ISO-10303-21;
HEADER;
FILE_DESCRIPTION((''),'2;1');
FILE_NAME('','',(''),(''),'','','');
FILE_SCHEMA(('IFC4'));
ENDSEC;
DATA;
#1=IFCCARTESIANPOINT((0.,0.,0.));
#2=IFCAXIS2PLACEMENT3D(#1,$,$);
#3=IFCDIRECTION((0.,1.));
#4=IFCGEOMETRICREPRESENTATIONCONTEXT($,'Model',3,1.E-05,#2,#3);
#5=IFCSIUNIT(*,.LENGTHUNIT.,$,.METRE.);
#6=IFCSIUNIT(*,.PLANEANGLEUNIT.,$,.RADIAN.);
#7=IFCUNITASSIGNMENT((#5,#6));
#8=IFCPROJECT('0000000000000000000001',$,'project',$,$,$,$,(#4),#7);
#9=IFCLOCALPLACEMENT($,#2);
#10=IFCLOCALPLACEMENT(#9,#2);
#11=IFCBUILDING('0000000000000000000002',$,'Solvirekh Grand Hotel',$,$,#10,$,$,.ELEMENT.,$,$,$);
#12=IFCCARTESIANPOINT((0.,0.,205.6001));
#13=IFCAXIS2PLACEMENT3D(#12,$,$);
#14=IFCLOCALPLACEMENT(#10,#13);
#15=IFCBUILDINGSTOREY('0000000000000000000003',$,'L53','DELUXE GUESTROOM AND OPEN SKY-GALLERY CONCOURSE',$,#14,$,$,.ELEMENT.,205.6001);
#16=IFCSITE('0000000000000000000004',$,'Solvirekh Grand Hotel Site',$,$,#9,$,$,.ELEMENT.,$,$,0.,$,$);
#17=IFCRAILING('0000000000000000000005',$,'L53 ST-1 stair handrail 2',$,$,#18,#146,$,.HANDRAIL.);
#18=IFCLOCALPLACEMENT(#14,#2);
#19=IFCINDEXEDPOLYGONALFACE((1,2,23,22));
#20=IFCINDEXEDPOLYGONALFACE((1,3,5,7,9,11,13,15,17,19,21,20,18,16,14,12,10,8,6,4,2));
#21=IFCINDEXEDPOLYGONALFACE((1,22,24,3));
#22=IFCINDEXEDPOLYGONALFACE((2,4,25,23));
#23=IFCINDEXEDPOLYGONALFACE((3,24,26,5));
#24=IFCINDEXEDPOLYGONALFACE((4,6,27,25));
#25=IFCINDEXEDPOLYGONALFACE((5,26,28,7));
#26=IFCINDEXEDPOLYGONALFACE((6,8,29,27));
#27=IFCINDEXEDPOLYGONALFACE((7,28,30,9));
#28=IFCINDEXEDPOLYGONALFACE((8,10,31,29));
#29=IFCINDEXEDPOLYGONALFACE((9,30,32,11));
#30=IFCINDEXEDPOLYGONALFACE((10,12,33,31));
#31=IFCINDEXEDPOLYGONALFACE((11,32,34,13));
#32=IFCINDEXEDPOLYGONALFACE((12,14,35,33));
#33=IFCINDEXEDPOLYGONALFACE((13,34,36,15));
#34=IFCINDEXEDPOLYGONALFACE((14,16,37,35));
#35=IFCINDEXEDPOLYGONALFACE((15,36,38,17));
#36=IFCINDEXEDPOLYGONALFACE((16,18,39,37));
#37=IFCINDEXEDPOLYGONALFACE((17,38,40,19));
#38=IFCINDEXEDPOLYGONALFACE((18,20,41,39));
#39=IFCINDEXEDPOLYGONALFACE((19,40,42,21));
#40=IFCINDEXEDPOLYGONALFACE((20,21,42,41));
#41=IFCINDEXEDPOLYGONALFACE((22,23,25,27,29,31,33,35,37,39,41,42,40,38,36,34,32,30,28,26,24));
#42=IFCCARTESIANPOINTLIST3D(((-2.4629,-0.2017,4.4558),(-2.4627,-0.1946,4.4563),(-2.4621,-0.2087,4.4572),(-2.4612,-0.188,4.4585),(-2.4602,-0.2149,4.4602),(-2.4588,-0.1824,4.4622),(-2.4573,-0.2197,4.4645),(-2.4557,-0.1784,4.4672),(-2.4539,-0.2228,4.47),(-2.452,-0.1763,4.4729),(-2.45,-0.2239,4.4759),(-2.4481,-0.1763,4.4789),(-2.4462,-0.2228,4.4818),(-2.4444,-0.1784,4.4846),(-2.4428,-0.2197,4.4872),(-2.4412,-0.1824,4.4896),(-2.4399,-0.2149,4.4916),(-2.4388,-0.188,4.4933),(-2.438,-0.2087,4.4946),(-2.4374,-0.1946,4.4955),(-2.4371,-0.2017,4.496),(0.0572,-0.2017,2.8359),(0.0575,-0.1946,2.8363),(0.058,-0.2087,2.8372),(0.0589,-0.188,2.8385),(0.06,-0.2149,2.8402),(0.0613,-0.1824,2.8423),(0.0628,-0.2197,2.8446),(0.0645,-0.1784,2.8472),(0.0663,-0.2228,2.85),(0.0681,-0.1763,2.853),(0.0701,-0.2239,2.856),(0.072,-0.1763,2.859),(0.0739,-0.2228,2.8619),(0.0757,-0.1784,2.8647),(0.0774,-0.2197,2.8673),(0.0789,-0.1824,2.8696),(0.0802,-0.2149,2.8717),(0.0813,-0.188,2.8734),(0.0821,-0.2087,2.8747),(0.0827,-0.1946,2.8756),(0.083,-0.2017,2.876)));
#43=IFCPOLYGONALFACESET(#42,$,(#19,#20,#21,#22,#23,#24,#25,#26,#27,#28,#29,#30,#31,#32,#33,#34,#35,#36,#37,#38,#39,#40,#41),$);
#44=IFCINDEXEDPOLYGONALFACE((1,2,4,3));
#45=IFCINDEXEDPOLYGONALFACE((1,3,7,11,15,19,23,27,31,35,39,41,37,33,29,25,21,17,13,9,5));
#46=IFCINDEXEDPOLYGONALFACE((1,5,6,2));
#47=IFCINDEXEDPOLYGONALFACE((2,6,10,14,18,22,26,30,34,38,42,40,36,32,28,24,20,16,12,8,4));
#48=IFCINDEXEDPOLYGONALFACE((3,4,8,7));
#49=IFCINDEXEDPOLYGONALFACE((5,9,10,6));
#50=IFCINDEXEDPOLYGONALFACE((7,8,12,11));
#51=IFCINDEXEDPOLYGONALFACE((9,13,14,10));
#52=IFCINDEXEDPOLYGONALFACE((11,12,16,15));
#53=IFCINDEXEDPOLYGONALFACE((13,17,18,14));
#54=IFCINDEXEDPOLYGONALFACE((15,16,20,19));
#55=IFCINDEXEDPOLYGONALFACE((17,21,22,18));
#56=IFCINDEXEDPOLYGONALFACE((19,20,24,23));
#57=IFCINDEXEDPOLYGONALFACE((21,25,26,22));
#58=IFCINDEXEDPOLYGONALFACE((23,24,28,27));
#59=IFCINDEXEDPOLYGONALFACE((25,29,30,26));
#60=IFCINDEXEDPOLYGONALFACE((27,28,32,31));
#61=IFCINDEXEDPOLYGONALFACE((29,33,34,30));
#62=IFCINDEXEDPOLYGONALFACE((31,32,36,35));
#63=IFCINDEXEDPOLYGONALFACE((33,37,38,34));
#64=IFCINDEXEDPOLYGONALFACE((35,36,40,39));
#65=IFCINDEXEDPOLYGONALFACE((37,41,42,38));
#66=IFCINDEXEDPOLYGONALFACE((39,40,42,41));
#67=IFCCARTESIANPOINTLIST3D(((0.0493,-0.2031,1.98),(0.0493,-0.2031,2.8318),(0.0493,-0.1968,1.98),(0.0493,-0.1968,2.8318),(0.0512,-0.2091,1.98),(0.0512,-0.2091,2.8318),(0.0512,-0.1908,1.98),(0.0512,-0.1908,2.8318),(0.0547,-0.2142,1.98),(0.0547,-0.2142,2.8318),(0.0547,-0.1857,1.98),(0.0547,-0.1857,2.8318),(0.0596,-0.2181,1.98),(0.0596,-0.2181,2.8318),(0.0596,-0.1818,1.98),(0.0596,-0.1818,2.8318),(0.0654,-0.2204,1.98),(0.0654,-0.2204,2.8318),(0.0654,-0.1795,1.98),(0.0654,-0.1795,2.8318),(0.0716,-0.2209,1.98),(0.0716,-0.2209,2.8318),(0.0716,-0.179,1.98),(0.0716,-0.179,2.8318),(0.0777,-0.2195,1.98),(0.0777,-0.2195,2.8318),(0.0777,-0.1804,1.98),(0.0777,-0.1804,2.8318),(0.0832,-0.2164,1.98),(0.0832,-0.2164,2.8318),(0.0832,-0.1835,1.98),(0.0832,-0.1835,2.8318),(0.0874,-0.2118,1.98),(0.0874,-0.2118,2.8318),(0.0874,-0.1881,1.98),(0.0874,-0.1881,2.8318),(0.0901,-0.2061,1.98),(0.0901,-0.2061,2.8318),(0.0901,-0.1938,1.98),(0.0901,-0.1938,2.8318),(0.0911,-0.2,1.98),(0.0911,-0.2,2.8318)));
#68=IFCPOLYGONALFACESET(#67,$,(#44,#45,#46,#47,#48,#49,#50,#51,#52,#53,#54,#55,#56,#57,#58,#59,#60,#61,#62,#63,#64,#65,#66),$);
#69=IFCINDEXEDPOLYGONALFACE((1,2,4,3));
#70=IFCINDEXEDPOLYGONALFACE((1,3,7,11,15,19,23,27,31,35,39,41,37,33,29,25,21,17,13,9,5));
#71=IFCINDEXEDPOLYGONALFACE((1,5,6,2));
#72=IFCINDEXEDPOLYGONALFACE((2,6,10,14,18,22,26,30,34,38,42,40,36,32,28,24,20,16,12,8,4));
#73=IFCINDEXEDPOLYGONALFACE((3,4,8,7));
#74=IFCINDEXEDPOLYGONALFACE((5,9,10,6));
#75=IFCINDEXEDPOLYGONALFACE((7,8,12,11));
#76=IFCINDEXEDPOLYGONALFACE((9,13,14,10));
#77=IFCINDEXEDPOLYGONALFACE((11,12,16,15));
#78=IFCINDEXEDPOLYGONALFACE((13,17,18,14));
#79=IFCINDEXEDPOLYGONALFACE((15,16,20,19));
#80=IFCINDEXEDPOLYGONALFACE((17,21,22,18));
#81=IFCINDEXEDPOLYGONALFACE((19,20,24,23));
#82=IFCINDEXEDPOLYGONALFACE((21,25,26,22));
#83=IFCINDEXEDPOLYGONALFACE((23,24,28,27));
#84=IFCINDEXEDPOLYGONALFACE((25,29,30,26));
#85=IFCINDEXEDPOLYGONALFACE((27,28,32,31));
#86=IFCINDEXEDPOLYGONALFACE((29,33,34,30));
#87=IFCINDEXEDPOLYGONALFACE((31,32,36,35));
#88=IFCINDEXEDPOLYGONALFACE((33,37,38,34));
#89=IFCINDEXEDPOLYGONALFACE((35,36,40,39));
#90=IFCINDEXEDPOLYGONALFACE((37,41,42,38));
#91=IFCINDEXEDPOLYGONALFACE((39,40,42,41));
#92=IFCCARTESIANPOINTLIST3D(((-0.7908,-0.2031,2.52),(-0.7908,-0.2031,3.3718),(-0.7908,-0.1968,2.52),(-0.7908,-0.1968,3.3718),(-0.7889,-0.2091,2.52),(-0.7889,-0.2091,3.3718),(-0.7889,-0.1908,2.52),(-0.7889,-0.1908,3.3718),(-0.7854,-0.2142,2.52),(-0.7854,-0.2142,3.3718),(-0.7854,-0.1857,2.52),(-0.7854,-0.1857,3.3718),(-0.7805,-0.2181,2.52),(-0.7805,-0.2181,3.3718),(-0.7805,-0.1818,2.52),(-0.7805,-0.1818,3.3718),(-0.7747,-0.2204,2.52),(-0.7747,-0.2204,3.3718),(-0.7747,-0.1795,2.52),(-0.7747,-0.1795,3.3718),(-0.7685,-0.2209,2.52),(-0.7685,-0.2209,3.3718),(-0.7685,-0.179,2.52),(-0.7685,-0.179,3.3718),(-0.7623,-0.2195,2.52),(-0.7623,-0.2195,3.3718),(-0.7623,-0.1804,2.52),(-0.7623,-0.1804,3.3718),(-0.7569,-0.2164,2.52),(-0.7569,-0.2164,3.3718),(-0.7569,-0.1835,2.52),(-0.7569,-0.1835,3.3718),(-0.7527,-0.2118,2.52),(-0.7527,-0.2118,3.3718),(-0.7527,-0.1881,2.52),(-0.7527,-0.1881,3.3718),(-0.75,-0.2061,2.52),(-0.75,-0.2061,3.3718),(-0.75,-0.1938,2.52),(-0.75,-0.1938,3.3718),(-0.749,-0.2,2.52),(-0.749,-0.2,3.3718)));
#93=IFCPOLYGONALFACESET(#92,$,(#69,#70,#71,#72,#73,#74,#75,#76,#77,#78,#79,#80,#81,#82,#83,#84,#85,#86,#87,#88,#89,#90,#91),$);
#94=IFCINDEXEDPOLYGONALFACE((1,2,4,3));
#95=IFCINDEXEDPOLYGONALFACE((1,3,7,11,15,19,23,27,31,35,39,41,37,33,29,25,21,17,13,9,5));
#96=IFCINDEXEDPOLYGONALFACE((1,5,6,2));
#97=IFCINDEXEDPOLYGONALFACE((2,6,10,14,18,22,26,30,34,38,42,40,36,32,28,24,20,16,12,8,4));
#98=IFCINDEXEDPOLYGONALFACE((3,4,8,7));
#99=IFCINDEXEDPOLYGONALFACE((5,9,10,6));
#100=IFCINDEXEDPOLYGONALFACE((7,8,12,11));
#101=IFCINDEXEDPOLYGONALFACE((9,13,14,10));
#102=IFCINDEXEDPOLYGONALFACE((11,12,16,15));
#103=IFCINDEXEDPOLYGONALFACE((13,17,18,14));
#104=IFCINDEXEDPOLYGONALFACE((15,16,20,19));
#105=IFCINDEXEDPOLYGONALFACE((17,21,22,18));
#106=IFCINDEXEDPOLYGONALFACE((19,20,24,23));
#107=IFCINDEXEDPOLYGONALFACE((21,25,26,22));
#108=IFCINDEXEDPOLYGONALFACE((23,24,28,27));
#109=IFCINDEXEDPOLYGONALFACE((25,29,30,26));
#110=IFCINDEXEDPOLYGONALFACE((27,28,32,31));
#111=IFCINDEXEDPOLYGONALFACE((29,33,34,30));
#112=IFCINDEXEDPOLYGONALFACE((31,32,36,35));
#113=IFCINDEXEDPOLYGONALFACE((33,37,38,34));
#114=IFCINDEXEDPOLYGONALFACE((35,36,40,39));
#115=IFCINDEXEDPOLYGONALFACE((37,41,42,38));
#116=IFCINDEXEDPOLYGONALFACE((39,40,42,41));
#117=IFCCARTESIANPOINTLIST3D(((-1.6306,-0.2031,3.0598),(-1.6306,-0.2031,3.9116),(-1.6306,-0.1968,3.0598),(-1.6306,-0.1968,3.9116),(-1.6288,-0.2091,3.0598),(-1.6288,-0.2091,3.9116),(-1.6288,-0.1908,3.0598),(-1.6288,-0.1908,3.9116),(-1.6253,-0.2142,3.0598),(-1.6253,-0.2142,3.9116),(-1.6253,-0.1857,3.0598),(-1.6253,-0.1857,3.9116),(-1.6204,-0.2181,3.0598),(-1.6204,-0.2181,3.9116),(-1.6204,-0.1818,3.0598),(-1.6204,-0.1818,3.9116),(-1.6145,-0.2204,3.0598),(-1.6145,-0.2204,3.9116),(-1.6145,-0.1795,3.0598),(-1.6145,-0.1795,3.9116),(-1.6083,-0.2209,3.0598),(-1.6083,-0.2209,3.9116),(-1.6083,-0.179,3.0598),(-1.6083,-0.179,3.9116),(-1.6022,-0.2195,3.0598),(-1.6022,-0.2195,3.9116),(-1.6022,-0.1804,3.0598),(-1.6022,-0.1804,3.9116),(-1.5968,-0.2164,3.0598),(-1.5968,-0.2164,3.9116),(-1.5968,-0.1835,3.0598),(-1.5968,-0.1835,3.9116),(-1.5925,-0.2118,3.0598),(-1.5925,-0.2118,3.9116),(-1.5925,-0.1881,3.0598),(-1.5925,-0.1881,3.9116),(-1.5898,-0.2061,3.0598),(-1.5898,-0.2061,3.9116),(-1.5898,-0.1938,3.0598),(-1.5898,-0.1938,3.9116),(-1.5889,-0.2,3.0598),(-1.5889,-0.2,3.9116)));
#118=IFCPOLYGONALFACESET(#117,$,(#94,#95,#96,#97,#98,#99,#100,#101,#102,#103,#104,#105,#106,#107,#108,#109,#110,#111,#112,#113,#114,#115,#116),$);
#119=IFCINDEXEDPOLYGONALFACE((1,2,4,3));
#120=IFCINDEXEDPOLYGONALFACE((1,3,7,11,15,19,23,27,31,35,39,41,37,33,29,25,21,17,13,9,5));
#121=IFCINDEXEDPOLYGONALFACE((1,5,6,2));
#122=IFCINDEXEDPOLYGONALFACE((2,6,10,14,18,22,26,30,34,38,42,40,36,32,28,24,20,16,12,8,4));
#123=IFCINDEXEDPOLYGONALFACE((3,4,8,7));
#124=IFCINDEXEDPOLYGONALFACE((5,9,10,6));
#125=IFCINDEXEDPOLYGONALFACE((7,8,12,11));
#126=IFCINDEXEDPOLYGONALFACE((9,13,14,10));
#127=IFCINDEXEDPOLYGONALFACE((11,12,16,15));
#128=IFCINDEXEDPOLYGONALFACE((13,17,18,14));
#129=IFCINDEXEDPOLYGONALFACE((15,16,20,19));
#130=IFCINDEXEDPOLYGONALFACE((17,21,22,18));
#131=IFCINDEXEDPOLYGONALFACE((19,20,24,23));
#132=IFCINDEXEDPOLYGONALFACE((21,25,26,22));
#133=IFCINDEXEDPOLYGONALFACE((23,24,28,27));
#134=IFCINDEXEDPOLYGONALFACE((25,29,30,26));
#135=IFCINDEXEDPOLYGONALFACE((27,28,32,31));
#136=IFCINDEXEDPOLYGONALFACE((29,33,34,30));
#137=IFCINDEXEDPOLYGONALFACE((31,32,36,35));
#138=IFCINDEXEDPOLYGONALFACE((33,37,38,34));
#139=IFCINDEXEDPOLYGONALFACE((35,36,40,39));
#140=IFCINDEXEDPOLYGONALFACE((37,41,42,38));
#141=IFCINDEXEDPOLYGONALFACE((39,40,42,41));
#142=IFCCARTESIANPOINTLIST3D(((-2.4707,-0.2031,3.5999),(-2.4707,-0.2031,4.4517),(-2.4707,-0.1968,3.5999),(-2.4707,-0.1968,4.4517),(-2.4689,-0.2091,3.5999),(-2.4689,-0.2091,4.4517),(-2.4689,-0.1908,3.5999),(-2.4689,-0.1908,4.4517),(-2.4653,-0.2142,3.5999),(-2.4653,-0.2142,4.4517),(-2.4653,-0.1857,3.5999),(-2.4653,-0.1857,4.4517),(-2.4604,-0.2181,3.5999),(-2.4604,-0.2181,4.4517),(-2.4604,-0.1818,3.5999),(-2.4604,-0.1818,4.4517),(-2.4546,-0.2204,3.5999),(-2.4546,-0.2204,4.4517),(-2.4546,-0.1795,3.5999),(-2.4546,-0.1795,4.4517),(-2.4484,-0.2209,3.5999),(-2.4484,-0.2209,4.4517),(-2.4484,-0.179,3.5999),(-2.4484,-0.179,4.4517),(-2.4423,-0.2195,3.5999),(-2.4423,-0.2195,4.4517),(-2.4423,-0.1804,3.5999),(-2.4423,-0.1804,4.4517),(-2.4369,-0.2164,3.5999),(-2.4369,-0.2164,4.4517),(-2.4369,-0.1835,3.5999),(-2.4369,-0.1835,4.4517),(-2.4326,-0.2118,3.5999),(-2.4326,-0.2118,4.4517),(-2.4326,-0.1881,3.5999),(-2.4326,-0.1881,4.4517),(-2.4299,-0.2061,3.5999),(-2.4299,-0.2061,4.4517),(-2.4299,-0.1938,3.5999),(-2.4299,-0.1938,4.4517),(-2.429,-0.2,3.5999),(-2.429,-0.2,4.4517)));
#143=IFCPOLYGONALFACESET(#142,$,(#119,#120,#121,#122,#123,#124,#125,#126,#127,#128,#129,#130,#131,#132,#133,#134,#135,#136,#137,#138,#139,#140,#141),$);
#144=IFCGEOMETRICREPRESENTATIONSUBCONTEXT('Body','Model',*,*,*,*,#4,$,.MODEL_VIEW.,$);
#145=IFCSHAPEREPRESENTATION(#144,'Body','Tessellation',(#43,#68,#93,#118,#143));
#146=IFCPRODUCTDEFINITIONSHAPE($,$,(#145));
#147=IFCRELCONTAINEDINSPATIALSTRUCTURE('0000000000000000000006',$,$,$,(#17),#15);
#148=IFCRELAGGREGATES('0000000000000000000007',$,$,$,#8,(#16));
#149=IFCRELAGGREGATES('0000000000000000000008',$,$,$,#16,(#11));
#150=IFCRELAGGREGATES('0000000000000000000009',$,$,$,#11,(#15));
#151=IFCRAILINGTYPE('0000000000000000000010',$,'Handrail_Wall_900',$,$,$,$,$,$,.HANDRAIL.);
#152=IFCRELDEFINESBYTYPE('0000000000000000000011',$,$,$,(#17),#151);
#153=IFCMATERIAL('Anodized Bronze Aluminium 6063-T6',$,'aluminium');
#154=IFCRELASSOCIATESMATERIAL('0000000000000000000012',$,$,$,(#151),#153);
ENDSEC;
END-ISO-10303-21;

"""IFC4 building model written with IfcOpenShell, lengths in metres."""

from ifc_helpers import new_model, si_unit, direction, frame, origin, origin_2d, place, context, subcontext, project, spatial, circle, extrude, material, type_object, element, save


model = new_model("IFC4")

# Units and contexts
model_context = context("Model", 3, precision=1e-05, world=origin(), true_north=direction((0.0, 1.0)))
body_context = subcontext(model_context, "Body", "Model", "MODEL_VIEW")
ifc_project = project(units=[si_unit("LENGTHUNIT", "METRE"), si_unit("PLANEANGLEUNIT", "RADIAN")], contexts=[model_context])

# Site, building, storey
site_placement = place(None, origin())
site = spatial("IfcSite", under=ifc_project, at=site_placement, Name="Solvirekh Grand Hotel Site", CompositionType="ELEMENT", RefElevation=0.0)
building_placement = place(site_placement, origin())
building = spatial("IfcBuilding", under=site, at=building_placement, Name="Solvirekh Grand Hotel", CompositionType="ELEMENT")
storey_placement = place(building_placement, frame((0.0, 0.0, 205.6001)))
storey = spatial("IfcBuildingStorey", under=building, at=storey_placement, Name="L53", Description="DELUXE GUESTROOM AND OPEN SKY-GALLERY CONCOURSE", CompositionType="ELEMENT", Elevation=205.6001)

# Railing
ifc_material_1 = material(Name="Anodized Bronze Aluminium 6063-T6", Category="aluminium")
railing_type_1 = type_object("IfcRailingType", Name="Handrail_Wall_900", PredefinedType="HANDRAIL", material=ifc_material_1)
railing_1_placement = place(storey_placement, frame((0.0701, -0.2, 1.98)))
element("IfcRailing", 1, at=railing_1_placement, inside=storey, type_object=railing_type_1, Name="L53 ST-1 stair handrail 2", PredefinedType="HANDRAIL", context=body_context, shape_type="SweptSolid", body=[
    extrude(circle(Radius=0.0239, at=origin_2d()), frame((0.0, 0.0, 0.876), z_axis=(-0.8412, 0.0, 0.540725), x_axis=(0.0, -1.0, 0.0)), (0.0, 0.0, 1.0), 2.9958),
    extrude(circle(Radius=0.021, at=origin_2d()), origin(), (0.0, 0.0, 1.0), 0.8518),
    extrude(circle(Radius=0.021, at=origin_2d()), frame((-0.8401, 0.0, 0.54)), (0.0, 0.0, 1.0), 0.8518),
    extrude(circle(Radius=0.021, at=origin_2d()), frame((-1.6799, 0.0, 1.0798)), (0.0, 0.0, 1.0), 0.8518),
    extrude(circle(Radius=0.021, at=origin_2d()), frame((-2.52, 0.0, 1.6199)), (0.0, 0.0, 1.0), 0.8518),
])

save(model, "model.ifc")
